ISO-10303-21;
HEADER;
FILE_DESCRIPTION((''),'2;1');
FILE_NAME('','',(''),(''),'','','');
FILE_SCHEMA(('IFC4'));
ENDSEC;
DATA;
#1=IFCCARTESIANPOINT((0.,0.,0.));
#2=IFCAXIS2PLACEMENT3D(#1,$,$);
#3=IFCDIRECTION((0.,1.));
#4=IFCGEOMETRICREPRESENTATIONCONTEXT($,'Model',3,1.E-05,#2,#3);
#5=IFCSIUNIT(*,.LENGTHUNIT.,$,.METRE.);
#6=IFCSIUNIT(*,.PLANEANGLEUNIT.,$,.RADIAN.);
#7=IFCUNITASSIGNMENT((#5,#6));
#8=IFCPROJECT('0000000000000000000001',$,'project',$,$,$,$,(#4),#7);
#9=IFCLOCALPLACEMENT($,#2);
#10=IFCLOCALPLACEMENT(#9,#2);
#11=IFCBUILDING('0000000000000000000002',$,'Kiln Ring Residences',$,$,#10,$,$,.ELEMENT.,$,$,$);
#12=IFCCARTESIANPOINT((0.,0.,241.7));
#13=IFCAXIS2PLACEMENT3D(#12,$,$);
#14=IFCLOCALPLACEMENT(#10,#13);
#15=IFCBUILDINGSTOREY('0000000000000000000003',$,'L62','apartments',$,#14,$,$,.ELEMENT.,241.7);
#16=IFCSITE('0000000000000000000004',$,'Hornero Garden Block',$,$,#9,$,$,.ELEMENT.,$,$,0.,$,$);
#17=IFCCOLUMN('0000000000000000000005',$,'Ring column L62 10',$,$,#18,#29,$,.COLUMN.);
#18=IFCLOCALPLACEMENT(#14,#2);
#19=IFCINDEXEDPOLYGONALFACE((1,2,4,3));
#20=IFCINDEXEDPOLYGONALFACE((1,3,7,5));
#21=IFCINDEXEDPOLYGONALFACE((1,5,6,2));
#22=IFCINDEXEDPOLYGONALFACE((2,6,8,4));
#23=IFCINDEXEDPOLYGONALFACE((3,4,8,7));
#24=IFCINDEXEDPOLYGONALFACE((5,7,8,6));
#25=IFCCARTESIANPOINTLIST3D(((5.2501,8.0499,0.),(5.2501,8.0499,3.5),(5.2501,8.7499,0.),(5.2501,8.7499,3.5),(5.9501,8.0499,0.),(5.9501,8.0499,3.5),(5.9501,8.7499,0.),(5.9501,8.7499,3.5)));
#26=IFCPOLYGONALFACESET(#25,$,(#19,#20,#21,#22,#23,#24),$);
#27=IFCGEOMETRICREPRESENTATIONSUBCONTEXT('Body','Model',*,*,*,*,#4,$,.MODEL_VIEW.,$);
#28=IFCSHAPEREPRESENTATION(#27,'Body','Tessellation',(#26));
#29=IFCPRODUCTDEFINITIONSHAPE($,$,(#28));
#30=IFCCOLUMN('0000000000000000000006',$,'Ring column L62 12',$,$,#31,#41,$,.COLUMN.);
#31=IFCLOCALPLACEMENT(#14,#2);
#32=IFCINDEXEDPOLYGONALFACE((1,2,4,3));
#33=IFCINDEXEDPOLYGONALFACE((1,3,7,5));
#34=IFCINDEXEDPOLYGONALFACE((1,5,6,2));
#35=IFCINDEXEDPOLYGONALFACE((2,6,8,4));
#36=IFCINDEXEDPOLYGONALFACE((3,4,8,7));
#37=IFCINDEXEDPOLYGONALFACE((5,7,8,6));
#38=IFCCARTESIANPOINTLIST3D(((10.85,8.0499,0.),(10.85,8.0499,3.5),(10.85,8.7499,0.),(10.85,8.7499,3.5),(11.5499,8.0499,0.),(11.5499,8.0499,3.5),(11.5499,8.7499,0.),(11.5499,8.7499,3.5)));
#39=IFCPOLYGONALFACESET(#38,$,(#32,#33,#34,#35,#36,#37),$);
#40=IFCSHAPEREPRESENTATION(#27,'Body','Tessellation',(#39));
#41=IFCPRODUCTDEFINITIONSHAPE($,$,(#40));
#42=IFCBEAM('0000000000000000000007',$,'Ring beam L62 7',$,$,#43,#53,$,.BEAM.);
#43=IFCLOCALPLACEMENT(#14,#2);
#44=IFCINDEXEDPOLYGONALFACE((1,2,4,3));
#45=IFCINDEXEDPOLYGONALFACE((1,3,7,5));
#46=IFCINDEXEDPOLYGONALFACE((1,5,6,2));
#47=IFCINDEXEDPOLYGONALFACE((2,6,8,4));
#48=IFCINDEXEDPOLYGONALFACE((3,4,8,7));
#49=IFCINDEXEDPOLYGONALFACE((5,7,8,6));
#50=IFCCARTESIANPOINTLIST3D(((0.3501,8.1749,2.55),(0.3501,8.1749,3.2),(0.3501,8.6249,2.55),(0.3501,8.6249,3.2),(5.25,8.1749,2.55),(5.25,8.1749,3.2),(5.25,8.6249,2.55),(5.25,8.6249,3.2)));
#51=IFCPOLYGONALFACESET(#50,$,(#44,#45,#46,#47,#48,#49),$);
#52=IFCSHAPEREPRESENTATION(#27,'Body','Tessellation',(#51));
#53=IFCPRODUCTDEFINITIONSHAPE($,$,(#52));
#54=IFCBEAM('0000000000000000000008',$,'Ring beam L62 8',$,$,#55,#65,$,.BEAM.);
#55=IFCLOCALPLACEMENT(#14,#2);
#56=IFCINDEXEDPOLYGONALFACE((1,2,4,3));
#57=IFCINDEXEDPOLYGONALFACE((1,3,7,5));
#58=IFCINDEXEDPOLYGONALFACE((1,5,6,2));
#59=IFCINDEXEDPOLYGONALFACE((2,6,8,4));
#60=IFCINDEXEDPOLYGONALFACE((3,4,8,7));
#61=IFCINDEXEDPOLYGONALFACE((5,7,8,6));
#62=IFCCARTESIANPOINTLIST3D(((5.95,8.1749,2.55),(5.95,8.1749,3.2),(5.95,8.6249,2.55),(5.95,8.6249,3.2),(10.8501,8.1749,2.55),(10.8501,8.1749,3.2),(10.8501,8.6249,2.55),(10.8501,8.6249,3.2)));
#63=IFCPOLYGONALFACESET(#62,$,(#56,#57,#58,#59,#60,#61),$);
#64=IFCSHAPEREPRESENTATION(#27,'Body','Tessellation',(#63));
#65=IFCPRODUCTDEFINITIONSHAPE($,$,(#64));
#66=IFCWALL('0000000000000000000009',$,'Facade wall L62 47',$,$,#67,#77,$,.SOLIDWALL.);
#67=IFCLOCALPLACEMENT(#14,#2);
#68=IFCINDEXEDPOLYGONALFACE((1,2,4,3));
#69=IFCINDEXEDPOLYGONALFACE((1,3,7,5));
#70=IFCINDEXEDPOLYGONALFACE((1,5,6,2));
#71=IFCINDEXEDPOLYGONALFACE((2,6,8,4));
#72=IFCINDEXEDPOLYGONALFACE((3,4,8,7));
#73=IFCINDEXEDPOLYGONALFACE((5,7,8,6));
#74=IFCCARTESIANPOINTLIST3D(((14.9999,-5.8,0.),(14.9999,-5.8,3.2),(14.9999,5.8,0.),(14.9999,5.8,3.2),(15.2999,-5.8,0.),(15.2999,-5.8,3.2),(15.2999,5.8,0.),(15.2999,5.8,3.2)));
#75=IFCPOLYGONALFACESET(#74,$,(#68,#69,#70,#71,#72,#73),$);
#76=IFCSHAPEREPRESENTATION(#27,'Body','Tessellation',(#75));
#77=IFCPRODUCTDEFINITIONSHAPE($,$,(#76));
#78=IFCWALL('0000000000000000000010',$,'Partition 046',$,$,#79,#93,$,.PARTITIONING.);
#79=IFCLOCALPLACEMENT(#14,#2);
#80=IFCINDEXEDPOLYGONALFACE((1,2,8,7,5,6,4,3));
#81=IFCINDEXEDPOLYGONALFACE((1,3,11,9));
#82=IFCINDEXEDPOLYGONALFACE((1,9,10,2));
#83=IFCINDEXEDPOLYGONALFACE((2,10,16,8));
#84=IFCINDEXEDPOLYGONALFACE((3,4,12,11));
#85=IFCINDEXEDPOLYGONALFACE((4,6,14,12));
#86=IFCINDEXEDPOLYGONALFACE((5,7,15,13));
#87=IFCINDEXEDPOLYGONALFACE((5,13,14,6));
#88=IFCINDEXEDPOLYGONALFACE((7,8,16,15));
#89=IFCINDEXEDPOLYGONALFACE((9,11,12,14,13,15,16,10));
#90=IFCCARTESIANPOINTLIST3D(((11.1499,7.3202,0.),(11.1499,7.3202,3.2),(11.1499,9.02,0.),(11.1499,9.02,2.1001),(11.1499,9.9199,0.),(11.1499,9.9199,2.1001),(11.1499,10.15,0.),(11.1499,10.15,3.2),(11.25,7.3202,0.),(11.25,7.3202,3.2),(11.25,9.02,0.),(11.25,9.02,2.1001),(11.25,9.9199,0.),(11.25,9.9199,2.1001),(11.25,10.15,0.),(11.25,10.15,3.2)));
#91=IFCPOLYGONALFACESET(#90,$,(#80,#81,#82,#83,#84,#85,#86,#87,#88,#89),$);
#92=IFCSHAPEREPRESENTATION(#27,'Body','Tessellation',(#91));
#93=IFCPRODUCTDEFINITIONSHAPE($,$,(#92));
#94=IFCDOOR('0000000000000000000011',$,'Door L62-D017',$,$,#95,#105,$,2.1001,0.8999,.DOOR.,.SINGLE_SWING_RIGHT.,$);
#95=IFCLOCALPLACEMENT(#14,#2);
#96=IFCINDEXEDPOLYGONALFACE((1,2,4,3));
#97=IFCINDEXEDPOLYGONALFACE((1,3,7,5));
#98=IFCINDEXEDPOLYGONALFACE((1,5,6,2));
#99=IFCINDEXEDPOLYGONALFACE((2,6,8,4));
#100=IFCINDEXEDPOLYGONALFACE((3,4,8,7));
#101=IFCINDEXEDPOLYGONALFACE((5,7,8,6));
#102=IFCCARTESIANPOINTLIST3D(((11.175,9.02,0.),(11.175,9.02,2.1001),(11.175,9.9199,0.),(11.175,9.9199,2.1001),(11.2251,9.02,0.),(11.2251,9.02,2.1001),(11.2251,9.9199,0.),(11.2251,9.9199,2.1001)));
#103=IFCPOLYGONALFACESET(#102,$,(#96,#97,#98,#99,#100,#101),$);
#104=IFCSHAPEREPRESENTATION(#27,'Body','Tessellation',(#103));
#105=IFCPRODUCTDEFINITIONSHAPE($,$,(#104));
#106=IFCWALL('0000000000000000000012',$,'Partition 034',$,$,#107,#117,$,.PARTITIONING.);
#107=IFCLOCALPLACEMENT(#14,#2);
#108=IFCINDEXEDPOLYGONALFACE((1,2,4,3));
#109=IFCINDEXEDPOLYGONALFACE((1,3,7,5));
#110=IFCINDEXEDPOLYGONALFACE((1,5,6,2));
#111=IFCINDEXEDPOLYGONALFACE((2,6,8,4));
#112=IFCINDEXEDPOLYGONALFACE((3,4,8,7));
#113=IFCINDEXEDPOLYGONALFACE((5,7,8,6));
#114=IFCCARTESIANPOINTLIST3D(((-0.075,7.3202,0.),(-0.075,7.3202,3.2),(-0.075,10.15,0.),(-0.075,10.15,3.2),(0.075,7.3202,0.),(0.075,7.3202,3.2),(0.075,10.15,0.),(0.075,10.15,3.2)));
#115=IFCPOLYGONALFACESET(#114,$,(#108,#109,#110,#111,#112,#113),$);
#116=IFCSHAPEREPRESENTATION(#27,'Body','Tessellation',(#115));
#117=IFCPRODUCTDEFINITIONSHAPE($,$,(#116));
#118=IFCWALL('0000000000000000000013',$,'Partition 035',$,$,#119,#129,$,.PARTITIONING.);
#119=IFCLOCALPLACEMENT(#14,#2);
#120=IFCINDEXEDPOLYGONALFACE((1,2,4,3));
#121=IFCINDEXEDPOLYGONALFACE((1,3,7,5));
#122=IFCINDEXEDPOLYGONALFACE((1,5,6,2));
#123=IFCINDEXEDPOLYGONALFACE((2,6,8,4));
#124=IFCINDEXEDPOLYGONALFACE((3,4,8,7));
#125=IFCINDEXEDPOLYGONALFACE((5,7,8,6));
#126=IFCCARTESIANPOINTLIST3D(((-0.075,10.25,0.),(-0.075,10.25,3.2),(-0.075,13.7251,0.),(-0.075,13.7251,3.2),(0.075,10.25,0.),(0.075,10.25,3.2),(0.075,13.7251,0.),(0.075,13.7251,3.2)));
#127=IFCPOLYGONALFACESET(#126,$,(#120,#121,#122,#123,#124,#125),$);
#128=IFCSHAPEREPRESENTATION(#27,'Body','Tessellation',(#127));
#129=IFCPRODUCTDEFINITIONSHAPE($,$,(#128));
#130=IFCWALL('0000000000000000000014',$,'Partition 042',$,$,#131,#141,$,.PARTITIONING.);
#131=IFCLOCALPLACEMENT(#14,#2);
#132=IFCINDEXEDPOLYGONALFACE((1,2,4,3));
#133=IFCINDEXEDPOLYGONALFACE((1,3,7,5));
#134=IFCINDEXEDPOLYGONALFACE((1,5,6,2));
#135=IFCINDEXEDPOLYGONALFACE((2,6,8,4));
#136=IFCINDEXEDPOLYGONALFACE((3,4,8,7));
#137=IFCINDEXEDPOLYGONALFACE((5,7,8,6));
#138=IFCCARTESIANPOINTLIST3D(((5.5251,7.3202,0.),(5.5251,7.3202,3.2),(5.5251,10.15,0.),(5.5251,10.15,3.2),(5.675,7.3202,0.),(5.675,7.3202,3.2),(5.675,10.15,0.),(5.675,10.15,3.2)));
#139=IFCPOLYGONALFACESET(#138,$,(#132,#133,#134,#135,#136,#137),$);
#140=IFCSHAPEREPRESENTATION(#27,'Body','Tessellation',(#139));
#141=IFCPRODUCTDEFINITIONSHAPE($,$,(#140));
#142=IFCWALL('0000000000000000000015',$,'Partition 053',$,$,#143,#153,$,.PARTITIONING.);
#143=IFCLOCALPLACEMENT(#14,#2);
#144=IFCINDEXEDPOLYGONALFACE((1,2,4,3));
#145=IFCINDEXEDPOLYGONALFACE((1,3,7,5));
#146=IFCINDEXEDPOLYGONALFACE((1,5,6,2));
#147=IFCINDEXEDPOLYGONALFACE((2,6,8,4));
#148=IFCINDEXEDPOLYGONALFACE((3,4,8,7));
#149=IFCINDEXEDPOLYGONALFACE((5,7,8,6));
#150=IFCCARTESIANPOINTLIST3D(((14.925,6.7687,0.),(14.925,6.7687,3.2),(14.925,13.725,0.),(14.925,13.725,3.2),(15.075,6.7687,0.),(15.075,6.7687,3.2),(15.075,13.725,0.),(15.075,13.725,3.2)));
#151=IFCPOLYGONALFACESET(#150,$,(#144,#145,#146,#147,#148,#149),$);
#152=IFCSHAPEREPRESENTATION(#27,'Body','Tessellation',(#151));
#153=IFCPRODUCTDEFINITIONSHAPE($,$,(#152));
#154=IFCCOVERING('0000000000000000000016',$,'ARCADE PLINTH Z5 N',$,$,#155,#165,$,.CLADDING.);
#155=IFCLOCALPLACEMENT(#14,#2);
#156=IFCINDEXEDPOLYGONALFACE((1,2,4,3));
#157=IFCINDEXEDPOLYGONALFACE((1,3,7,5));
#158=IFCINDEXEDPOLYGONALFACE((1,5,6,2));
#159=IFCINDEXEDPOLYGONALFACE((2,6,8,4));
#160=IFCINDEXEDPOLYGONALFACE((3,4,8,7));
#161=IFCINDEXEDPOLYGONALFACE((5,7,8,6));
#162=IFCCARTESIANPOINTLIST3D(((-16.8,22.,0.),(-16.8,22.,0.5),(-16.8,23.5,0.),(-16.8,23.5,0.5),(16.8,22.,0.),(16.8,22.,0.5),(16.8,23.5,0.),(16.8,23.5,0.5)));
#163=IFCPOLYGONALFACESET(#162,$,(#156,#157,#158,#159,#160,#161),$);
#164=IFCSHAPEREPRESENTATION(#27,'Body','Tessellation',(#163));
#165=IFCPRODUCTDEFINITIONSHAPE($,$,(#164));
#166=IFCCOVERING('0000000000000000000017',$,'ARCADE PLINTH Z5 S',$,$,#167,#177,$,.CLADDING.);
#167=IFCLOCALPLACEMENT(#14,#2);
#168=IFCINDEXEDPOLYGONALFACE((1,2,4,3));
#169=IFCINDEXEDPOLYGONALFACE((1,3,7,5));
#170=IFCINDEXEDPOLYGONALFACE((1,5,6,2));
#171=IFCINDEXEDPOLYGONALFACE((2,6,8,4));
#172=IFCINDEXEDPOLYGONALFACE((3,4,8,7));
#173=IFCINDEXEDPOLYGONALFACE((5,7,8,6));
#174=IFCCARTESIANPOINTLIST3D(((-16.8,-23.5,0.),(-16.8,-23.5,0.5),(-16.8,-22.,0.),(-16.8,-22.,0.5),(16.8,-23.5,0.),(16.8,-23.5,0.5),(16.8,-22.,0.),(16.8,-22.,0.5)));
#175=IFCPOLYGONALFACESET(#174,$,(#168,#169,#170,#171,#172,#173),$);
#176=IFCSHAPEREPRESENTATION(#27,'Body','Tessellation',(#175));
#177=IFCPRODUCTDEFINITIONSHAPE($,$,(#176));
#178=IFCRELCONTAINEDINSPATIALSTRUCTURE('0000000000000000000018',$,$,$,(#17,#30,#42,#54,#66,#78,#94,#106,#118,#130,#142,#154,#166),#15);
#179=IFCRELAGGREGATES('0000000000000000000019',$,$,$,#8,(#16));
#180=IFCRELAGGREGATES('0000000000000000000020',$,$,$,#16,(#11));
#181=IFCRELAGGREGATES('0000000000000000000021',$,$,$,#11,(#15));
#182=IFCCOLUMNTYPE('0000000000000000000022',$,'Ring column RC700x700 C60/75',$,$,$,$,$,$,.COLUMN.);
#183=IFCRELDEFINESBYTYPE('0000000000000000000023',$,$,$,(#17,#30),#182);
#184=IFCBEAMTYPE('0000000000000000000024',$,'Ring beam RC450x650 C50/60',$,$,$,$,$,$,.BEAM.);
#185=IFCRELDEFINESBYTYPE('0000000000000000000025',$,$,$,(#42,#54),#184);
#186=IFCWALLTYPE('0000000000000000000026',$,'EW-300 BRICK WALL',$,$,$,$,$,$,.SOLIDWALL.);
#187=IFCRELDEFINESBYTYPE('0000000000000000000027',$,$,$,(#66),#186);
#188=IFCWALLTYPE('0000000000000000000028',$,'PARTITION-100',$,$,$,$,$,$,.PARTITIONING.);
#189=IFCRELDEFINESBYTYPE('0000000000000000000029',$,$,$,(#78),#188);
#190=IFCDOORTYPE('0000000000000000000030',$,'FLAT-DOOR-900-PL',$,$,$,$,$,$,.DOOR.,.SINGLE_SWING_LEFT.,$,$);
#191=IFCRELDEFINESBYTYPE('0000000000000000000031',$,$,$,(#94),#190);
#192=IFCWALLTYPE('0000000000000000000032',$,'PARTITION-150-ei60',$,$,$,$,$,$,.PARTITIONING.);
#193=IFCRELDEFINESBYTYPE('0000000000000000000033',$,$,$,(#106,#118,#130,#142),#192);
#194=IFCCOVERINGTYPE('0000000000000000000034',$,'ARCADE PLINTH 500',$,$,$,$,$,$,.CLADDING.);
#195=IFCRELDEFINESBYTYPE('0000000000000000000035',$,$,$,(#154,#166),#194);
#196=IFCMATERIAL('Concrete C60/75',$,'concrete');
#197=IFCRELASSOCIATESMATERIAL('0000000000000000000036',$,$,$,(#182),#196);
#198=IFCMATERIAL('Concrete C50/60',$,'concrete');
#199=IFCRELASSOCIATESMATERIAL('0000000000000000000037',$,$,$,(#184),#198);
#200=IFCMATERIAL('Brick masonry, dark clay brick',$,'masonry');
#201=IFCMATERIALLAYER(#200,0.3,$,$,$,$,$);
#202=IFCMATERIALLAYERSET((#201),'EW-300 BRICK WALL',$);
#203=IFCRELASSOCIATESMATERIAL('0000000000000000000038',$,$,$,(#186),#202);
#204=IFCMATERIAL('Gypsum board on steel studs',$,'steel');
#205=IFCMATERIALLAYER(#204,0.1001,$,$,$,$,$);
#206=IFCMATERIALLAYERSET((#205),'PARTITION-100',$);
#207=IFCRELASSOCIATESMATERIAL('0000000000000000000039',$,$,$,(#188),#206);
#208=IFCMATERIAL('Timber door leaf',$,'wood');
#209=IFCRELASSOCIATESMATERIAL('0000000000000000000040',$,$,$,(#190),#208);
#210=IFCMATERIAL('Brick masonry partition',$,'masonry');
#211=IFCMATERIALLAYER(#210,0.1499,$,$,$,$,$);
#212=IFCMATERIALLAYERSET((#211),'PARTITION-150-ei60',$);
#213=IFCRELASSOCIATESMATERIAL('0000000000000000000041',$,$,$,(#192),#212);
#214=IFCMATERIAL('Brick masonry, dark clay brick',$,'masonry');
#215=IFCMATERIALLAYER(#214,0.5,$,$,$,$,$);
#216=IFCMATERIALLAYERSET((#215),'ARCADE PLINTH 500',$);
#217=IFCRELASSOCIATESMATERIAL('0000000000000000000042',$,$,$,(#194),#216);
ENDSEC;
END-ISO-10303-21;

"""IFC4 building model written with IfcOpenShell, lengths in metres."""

from ifc_helpers import new_model, si_unit, direction, frame, frame_2d, origin, origin_2d, place, context, subcontext, project, spatial, polyline, rectangle, outline, extrude, material, layer, layer_set, material_profile, profile_set, type_object, element, fill, save


model = new_model("IFC4")

# Units and contexts
model_context = context("Model", 3, precision=1e-05, world=origin(), true_north=direction((0.0, 1.0)))
body_context = subcontext(model_context, "Body", "Model", "MODEL_VIEW")
ifc_project = project(units=[si_unit("LENGTHUNIT", "METRE"), si_unit("PLANEANGLEUNIT", "RADIAN")], contexts=[model_context])

# Site, building, storey
site_placement = place(None, origin())
site = spatial("IfcSite", under=ifc_project, at=site_placement, Name="Hornero Garden Block", CompositionType="ELEMENT", RefElevation=0.0)
building_placement = place(site_placement, origin())
building = spatial("IfcBuilding", under=site, at=building_placement, Name="Kiln Ring Residences", CompositionType="ELEMENT")
storey_placement = place(building_placement, frame((0.0, 0.0, 241.7)))
storey = spatial("IfcBuildingStorey", under=building, at=storey_placement, Name="L62", Description="apartments", CompositionType="ELEMENT", Elevation=241.7)

# Columns
ifc_material_1 = material(Name="Concrete C60/75", Category="concrete")
ifc_material_profile_1 = material_profile(ifc_material_1, rectangle(XDim=0.7, YDim=0.7, at=origin_2d()), Name="RC700x700")
ifc_profile_set_1 = profile_set([ifc_material_profile_1], Name="Concrete C60/75")
column_type = type_object("IfcColumnType", Name="Ring column RC700x700 C60/75", PredefinedType="COLUMN", material=ifc_profile_set_1)
for number, where, z_axis, x_axis, name in (
    (1, (5.6001, 8.3999, 0.0), (0.0, 0.0, 1.0), (1.0, 0.0, 0.0), "Ring column L62 10"),
    (2, (11.2, 8.3999, 0.0), (0.0, 0.0, 1.0), (1.0, 0.0, 0.0), "Ring column L62 12"),
):
    element("IfcColumn", number, at=place(storey_placement, frame(where, z_axis=z_axis, x_axis=x_axis)), inside=storey, type_object=column_type, Name=name, PredefinedType="COLUMN", context=body_context, shape_type="SweptSolid", body=[
        extrude(rectangle(XDim=0.7, YDim=0.7, at=origin_2d()), origin(), (0.0, 0.0, 1.0), 3.5),
    ])

# Beams
ifc_material_2 = material(Name="Concrete C50/60", Category="concrete")
ifc_material_profile_2 = material_profile(ifc_material_2, rectangle(XDim=0.45, YDim=0.6499, at=origin_2d()), Name="RC450x650")
ifc_profile_set_2 = profile_set([ifc_material_profile_2], Name="Concrete C50/60")
beam_type = type_object("IfcBeamType", Name="Ring beam RC450x650 C50/60", PredefinedType="BEAM", material=ifc_profile_set_2)
beam_1_placement = place(storey_placement, frame((0.3501, 8.3999, 2.875), z_axis=(1.0, 0.0, 0.0), x_axis=(0.0, 1.0, 0.0)))
element("IfcBeam", 3, at=beam_1_placement, inside=storey, type_object=beam_type, Name="Ring beam L62 7", PredefinedType="BEAM", context=body_context, shape_type="SweptSolid", body=[
    extrude(rectangle(XDim=0.45, YDim=0.6499, at=origin_2d()), origin(), (0.0, 0.0, 1.0), 4.8999),
])
beam_2_placement = place(storey_placement, frame((5.95, 8.3999, 2.875), z_axis=(1.0, 0.0, 0.0), x_axis=(0.0, 1.0, 0.0)))
element("IfcBeam", 4, at=beam_2_placement, inside=storey, type_object=beam_type, Name="Ring beam L62 8", PredefinedType="BEAM", context=body_context, shape_type="SweptSolid", body=[
    extrude(rectangle(XDim=0.45, YDim=0.6499, at=origin_2d()), origin(), (0.0, 0.0, 1.0), 4.9001),
])

# Wall
ifc_material_3 = material(Name="Brick masonry, dark clay brick", Category="masonry")
ifc_layer_1 = layer(ifc_material_3, 0.3)
ifc_layer_set_1 = layer_set([ifc_layer_1], Name="EW-300 BRICK WALL")
wall_type_1 = type_object("IfcWallType", Name="EW-300 BRICK WALL", PredefinedType="SOLIDWALL", material=ifc_layer_set_1)
wall_1_placement = place(storey_placement, frame((15.1499, 5.8, 0.0), z_axis=(0.0, 0.0, 1.0), x_axis=(0.0, -1.0, 0.0)))
element("IfcWall", 5, at=wall_1_placement, inside=storey, type_object=wall_type_1, Name="Facade wall L62 47", PredefinedType="SOLIDWALL", context=body_context, shape_type="SweptSolid", body=[
    extrude(rectangle(XDim=11.6001, YDim=0.3, at=frame_2d((5.8, 0.0))), origin(), (0.0, 0.0, 1.0), 3.2),
])

# Wall, opening, door
ifc_material_4 = material(Name="Gypsum board on steel studs", Category="steel")
ifc_layer_2 = layer(ifc_material_4, 0.1001)
ifc_layer_set_2 = layer_set([ifc_layer_2], Name="PARTITION-100")
wall_type_2 = type_object("IfcWallType", Name="PARTITION-100", PredefinedType="PARTITIONING", material=ifc_layer_set_2)
wall_2_placement = place(storey_placement, frame((11.2, 7.3201, 0.0), z_axis=(0.0, 0.0, 1.0), x_axis=(0.0, 1.0, 0.0)))
wall_2 = element("IfcWall", 6, at=wall_2_placement, inside=storey, type_object=wall_type_2, Name="Partition 046", PredefinedType="PARTITIONING", context=body_context, shape_type="SweptSolid", body=[
    extrude(rectangle(XDim=2.8298, YDim=0.1001, at=frame_2d((1.415, 0.0))), origin(), (0.0, 0.0, 1.0), 3.2),
])
opening_placement = place(wall_2_placement, frame((1.7, 0.0, 0.0)))
opening = element("IfcOpeningElement", 7, at=opening_placement, cuts=wall_2, PredefinedType="OPENING", context=body_context, shape_type="SweptSolid", body=[
    extrude(rectangle(XDim=0.8999, YDim=2.1001, at=frame_2d((0.45, 1.05))), frame((0.0, 0.0601, 0.0), z_axis=(0.0, -1.0, 0.0), x_axis=(1.0, 0.0, 0.0)), (0.0, 0.0, 1.0), 0.1201),
])
ifc_material_5 = material(Name="Timber door leaf", Category="wood")
door_type = type_object("IfcDoorType", Name="FLAT-DOOR-900-PL", OperationType="SINGLE_SWING_LEFT", PredefinedType="DOOR", material=ifc_material_5)
door_placement = place(opening_placement, origin())
door = element("IfcDoor", 8, at=door_placement, inside=storey, type_object=door_type, Name="Door L62-D017", OperationType="SINGLE_SWING_RIGHT", OverallHeight=2.1001, OverallWidth=0.8999, PredefinedType="DOOR", context=body_context, shape_type="SweptSolid", body=[
    extrude(rectangle(XDim=0.8999, YDim=2.1001, at=frame_2d((0.45, 1.05))), frame((0.0, 0.0249, 0.0), z_axis=(0.0, -1.0, 0.0), x_axis=(1.0, 0.0, 0.0)), (0.0, 0.0, 1.0), 0.05),
])
fill(opening, door)

# Walls
ifc_material_6 = material(Name="Brick masonry partition", Category="masonry")
ifc_layer_3 = layer(ifc_material_6, 0.1499)
ifc_layer_set_3 = layer_set([ifc_layer_3], Name="PARTITION-150-ei60")
wall_type_3 = type_object("IfcWallType", Name="PARTITION-150-ei60", PredefinedType="PARTITIONING", material=ifc_layer_set_3)
wall_3_placement = place(storey_placement, frame((0.0, 7.3201, 0.0), z_axis=(0.0, 0.0, 1.0), x_axis=(0.0, 1.0, 0.0)))
element("IfcWall", 9, at=wall_3_placement, inside=storey, type_object=wall_type_3, Name="Partition 034", PredefinedType="PARTITIONING", context=body_context, shape_type="SweptSolid", body=[
    extrude(rectangle(XDim=2.8298, YDim=0.1499, at=frame_2d((1.415, 0.0))), origin(), (0.0, 0.0, 1.0), 3.2),
])
wall_4_placement = place(storey_placement, frame((0.0, 10.25, 0.0), z_axis=(0.0, 0.0, 1.0), x_axis=(0.0, 1.0, 0.0)))
element("IfcWall", 10, at=wall_4_placement, inside=storey, type_object=wall_type_3, Name="Partition 035", PredefinedType="PARTITIONING", context=body_context, shape_type="SweptSolid", body=[
    extrude(rectangle(XDim=3.4751, YDim=0.1499, at=frame_2d((1.7375, 0.0))), origin(), (0.0, 0.0, 1.0), 3.2),
])
wall_5_placement = place(storey_placement, frame((5.6001, 7.3201, 0.0), z_axis=(0.0, 0.0, 1.0), x_axis=(0.0, 1.0, 0.0)))
element("IfcWall", 11, at=wall_5_placement, inside=storey, type_object=wall_type_3, Name="Partition 042", PredefinedType="PARTITIONING", context=body_context, shape_type="SweptSolid", body=[
    extrude(rectangle(XDim=2.8298, YDim=0.1499, at=frame_2d((1.415, 0.0))), origin(), (0.0, 0.0, 1.0), 3.2),
])
wall_6_placement = place(storey_placement, frame((15.0, 6.7688, 0.0), z_axis=(0.0, 0.0, 1.0), x_axis=(0.0, 1.0, 0.0)))
element("IfcWall", 12, at=wall_6_placement, inside=storey, type_object=wall_type_3, Name="Partition 053", PredefinedType="PARTITIONING", context=body_context, shape_type="SweptSolid", body=[
    extrude(rectangle(XDim=6.9563, YDim=0.1499, at=frame_2d((3.478, 0.0))), origin(), (0.0, 0.0, 1.0), 3.2),
])

# Coverings
ifc_material_7 = material(Name="Brick masonry, dark clay brick", Category="masonry")
ifc_layer_4 = layer(ifc_material_7, 0.5)
ifc_layer_set_4 = layer_set([ifc_layer_4], Name="ARCADE PLINTH 500")
covering_type_1 = type_object("IfcCoveringType", Name="ARCADE PLINTH 500", PredefinedType="CLADDING", material=ifc_layer_set_4)
placement = place(storey_placement, origin())
element("IfcCovering", 13, at=placement, inside=storey, type_object=covering_type_1, Name="ARCADE PLINTH Z5 N", PredefinedType="CLADDING", context=body_context, shape_type="SweptSolid", body=[
    extrude(outline(polyline([(-16.8, 22.0), (16.8, 22.0), (16.8, 23.5), (-16.8, 23.5), (-16.8, 22.0)])), origin(), (0.0, 0.0, 1.0), 0.5),
])
element("IfcCovering", 14, at=placement, inside=storey, type_object=covering_type_1, Name="ARCADE PLINTH Z5 S", PredefinedType="CLADDING", context=body_context, shape_type="SweptSolid", body=[
    extrude(outline(polyline([(-16.8, -23.5), (16.8, -23.5), (16.8, -22.0), (-16.8, -22.0), (-16.8, -23.5)])), origin(), (0.0, 0.0, 1.0), 0.5),
])

save(model, "model.ifc")
